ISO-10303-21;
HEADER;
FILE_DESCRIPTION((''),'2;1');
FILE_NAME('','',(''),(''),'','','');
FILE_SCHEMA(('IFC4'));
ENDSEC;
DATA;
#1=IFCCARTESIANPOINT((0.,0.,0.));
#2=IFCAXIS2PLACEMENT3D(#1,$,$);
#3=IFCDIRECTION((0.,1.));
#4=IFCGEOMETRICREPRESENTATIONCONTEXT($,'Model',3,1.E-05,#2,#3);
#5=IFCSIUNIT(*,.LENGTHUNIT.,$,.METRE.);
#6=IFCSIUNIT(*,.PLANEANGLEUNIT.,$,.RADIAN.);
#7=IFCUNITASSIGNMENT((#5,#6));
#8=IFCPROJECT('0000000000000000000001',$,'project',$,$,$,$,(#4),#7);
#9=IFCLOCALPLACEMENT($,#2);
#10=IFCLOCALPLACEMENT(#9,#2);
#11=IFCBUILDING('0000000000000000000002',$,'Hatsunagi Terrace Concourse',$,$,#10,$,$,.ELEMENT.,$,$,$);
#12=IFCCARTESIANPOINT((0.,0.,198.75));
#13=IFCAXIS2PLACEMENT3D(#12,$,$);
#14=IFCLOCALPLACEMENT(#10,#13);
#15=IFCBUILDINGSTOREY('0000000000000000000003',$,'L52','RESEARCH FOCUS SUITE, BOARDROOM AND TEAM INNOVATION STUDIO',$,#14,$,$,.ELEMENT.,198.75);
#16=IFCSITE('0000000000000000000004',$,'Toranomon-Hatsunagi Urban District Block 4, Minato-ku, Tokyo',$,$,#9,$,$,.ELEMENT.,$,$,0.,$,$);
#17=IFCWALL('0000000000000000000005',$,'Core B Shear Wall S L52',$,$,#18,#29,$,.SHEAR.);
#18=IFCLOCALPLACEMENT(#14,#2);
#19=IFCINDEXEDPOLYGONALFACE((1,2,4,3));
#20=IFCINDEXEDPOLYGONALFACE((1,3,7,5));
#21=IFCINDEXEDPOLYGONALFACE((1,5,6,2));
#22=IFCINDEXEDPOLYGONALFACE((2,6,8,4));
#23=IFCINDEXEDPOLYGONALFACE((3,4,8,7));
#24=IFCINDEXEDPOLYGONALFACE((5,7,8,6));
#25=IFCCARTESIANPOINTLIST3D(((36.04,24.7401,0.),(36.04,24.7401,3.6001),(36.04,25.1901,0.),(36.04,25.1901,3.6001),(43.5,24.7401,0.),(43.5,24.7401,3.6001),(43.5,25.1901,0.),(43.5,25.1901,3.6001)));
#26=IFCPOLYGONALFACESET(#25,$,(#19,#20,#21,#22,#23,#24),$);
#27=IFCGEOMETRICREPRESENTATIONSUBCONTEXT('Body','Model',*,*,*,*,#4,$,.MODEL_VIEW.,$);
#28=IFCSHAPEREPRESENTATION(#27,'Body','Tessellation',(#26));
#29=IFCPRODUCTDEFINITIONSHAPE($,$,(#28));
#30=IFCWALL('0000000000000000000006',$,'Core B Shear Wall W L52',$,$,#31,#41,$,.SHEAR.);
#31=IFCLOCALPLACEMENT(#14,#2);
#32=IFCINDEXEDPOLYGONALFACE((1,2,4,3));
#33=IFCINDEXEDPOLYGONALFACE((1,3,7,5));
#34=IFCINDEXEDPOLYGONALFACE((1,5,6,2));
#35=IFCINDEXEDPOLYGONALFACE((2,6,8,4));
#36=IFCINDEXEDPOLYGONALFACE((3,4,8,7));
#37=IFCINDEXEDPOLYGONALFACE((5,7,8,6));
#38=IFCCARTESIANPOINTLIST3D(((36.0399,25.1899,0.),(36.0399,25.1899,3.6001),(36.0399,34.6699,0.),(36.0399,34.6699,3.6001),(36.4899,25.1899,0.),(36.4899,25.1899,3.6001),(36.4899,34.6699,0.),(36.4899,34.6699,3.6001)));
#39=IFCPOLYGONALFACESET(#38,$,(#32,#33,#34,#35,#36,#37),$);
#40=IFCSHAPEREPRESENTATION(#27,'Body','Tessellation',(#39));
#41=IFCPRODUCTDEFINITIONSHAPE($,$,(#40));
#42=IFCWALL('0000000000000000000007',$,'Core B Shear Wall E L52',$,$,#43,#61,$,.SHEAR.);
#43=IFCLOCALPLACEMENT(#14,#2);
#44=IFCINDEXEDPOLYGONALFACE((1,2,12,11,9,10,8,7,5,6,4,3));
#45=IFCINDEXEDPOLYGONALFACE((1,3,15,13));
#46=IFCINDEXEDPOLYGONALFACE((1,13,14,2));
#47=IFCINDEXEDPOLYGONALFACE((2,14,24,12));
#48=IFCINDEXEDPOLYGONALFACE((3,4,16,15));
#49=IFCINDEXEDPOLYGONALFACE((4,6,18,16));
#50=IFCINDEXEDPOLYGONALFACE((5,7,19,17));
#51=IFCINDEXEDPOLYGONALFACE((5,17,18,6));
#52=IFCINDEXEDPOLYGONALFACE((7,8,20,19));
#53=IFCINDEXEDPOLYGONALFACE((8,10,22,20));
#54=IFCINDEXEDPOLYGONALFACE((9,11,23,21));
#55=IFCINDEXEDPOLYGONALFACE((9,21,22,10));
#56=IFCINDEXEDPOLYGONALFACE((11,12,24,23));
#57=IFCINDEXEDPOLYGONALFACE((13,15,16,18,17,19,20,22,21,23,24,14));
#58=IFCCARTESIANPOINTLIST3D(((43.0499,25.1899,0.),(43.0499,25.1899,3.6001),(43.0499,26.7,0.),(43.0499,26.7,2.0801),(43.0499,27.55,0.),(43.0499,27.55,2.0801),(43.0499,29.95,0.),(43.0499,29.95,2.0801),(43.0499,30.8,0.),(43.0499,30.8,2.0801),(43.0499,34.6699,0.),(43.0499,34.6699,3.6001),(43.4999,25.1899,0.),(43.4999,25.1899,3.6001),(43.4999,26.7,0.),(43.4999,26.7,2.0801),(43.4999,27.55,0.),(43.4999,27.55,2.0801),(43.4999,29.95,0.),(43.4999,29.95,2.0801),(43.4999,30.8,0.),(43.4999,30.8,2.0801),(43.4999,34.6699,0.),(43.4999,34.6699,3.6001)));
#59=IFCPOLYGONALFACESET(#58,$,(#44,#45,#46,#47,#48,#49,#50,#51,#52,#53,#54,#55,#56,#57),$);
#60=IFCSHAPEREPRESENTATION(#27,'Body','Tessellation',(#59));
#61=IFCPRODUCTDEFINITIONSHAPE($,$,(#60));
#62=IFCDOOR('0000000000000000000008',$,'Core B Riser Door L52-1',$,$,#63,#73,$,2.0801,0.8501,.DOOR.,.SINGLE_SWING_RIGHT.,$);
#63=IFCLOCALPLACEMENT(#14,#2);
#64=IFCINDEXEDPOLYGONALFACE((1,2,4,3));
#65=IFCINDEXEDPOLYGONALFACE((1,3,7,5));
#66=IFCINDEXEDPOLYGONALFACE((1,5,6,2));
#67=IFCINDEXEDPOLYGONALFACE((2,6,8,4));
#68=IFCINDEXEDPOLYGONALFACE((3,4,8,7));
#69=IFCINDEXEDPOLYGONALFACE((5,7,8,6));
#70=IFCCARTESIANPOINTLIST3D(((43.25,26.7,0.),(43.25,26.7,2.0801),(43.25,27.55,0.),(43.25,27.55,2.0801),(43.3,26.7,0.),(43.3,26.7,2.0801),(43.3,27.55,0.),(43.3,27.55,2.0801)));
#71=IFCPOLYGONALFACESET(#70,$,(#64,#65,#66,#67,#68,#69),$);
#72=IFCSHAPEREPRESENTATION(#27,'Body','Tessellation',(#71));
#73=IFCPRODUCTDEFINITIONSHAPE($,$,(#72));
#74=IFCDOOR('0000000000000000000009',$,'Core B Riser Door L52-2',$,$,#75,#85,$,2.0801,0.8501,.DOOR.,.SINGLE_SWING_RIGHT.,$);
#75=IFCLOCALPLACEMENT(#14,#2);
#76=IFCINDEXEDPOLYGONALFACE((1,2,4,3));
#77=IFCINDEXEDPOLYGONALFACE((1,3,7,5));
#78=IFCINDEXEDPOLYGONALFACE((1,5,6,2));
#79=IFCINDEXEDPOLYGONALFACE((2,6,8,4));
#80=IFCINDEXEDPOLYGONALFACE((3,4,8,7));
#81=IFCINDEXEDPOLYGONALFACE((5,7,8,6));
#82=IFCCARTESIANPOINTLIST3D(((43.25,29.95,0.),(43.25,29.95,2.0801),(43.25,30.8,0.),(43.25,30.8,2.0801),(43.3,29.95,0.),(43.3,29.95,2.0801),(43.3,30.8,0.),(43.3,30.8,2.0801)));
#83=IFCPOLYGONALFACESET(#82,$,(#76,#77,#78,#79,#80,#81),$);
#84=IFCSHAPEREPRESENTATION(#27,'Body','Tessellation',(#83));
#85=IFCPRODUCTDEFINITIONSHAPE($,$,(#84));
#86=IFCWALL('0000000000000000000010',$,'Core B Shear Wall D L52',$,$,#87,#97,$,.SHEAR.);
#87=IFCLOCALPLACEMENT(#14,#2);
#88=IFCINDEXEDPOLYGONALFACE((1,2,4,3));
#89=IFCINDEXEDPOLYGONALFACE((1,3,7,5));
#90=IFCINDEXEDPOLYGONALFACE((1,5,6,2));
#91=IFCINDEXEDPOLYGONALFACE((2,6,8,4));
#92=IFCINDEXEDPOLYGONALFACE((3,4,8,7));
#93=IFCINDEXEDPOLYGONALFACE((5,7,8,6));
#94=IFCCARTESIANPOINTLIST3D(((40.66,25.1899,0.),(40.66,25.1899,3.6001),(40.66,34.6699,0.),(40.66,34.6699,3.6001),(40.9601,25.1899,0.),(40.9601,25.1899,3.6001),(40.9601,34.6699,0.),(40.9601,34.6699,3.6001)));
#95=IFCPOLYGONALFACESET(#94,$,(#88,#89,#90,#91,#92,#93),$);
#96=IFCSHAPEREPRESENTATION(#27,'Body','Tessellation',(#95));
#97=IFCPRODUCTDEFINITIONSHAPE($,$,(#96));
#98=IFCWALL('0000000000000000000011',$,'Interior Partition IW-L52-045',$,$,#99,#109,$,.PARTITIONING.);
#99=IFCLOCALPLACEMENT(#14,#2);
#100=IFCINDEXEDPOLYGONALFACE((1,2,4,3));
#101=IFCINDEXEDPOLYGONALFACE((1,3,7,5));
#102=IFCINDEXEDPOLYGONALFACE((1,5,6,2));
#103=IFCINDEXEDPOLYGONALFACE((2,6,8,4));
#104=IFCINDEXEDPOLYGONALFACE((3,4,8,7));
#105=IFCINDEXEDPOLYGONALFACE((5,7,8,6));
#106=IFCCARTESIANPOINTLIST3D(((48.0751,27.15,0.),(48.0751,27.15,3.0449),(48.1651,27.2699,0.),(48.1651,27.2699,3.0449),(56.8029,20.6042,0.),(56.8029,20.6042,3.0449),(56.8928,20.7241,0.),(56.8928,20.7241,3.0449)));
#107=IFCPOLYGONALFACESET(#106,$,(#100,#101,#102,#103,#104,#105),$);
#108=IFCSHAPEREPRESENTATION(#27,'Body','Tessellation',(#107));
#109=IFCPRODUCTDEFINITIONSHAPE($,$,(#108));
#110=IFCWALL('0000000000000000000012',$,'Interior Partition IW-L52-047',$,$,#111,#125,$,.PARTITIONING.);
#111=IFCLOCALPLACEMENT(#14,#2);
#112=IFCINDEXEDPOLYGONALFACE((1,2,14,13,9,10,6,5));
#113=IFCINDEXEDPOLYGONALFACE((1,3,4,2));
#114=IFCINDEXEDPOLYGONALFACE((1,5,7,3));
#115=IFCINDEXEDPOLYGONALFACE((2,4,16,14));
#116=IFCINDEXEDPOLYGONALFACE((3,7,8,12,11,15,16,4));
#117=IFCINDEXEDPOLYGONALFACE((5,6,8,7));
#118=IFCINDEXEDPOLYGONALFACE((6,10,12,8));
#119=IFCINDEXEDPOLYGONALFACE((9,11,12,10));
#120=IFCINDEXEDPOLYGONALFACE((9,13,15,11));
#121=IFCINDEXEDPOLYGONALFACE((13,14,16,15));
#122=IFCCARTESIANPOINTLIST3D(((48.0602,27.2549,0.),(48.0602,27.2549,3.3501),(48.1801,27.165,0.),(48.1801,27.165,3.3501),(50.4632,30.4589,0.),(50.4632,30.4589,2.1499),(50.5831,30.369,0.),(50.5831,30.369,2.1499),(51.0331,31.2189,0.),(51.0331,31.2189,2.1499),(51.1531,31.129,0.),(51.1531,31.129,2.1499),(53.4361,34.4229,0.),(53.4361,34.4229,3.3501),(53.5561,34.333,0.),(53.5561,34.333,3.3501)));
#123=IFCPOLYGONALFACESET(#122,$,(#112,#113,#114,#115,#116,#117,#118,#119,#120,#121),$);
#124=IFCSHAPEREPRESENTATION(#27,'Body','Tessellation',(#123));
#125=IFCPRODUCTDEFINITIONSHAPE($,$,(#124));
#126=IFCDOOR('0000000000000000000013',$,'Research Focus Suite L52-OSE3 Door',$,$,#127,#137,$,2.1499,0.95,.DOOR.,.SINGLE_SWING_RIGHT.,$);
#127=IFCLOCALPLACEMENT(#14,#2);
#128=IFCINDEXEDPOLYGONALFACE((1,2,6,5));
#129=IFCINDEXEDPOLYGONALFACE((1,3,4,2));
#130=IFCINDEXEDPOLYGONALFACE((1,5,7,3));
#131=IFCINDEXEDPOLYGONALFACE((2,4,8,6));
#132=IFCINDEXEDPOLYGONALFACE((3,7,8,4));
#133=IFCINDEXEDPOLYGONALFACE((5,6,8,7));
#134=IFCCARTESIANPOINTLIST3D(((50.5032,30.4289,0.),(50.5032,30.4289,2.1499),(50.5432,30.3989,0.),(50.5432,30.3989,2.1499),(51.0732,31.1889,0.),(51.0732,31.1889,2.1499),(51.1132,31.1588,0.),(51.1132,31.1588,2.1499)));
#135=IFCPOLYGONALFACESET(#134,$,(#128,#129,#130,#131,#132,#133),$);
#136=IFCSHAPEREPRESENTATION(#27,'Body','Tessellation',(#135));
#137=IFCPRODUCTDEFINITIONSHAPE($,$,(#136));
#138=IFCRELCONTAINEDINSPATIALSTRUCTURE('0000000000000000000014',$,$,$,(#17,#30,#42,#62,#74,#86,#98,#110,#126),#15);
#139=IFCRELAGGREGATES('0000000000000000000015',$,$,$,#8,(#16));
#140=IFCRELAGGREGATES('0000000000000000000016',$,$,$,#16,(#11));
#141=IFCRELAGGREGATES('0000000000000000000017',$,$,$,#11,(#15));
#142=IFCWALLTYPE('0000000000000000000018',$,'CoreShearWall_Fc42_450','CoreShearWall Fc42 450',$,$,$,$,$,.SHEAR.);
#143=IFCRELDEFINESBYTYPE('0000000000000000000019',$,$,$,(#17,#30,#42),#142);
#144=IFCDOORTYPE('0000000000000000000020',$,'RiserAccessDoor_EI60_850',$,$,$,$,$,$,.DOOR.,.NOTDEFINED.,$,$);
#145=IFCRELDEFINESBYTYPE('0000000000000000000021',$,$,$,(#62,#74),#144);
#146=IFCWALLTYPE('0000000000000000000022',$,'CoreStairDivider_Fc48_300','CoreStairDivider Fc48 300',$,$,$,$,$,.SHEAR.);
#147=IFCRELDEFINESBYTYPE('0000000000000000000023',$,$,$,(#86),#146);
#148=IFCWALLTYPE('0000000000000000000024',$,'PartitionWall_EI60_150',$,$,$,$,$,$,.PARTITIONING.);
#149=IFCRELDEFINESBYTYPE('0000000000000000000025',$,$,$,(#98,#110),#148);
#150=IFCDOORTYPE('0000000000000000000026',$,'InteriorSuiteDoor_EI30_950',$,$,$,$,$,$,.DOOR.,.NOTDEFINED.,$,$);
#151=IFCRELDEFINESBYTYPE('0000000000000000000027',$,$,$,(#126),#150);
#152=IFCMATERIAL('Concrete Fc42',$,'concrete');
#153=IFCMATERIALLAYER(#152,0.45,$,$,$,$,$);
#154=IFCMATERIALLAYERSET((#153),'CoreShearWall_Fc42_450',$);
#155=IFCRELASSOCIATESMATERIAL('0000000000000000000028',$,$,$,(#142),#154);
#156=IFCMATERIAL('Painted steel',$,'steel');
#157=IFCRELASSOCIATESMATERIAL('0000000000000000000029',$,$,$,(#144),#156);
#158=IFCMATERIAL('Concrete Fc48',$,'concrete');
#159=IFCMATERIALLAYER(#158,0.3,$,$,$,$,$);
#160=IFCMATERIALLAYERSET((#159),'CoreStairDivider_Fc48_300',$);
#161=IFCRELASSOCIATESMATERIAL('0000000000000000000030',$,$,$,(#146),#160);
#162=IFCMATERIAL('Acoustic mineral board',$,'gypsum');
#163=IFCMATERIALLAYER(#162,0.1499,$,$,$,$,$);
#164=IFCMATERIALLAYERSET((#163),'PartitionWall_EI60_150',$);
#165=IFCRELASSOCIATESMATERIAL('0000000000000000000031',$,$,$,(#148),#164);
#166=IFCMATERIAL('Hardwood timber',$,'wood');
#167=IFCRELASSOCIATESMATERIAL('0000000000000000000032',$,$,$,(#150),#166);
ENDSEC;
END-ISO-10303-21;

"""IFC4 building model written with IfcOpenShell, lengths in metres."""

from ifc_helpers import new_model, si_unit, direction, frame, frame_2d, origin, place, context, subcontext, project, spatial, rectangle, extrude, material, layer, layer_set, type_object, element, fill, save


model = new_model("IFC4")

# Units and contexts
model_context = context("Model", 3, precision=1e-05, world=origin(), true_north=direction((0.0, 1.0)))
body_context = subcontext(model_context, "Body", "Model", "MODEL_VIEW")
ifc_project = project(units=[si_unit("LENGTHUNIT", "METRE"), si_unit("PLANEANGLEUNIT", "RADIAN")], contexts=[model_context])

# Site, building, storey
site_placement = place(None, origin())
site = spatial("IfcSite", under=ifc_project, at=site_placement, Name="Toranomon-Hatsunagi Urban District Block 4, Minato-ku, Tokyo", CompositionType="ELEMENT", RefElevation=0.0)
building_placement = place(site_placement, origin())
building = spatial("IfcBuilding", under=site, at=building_placement, Name="Hatsunagi Terrace Concourse", CompositionType="ELEMENT")
storey_placement = place(building_placement, frame((0.0, 0.0, 198.75)))
storey = spatial("IfcBuildingStorey", under=building, at=storey_placement, Name="L52", Description="RESEARCH FOCUS SUITE, BOARDROOM AND TEAM INNOVATION STUDIO", CompositionType="ELEMENT", Elevation=198.75)

# Walls
ifc_material_1 = material(Name="Concrete Fc42", Category="concrete")
ifc_layer_1 = layer(ifc_material_1, 0.45)
ifc_layer_set_1 = layer_set([ifc_layer_1], Name="CoreShearWall_Fc42_450")
wall_type_1 = type_object("IfcWallType", Name="CoreShearWall_Fc42_450", Description="CoreShearWall Fc42 450", PredefinedType="SHEAR", material=ifc_layer_set_1)
wall_1_placement = place(storey_placement, frame((36.04, 24.9651, 0.0), z_axis=(0.0, 0.0, 1.0), x_axis=(1.0, 0.0, 0.0)))
element("IfcWall", 1, at=wall_1_placement, inside=storey, type_object=wall_type_1, Name="Core B Shear Wall S L52", PredefinedType="SHEAR", context=body_context, shape_type="SweptSolid", body=[
    extrude(rectangle(XDim=7.46, YDim=0.45, at=frame_2d((3.73, 0.0))), origin(), (0.0, 0.0, 1.0), 3.6001),
])
wall_2_placement = place(storey_placement, frame((36.2649, 25.1899, 0.0), z_axis=(0.0, 0.0, 1.0), x_axis=(0.0, 1.0, 0.0)))
element("IfcWall", 2, at=wall_2_placement, inside=storey, type_object=wall_type_1, Name="Core B Shear Wall W L52", PredefinedType="SHEAR", context=body_context, shape_type="SweptSolid", body=[
    extrude(rectangle(XDim=9.48, YDim=0.45, at=frame_2d((4.74, 0.0))), origin(), (0.0, 0.0, 1.0), 3.6001),
])

# Wall, openings, doors
wall_3_placement = place(storey_placement, frame((43.2749, 25.1899, 0.0), z_axis=(0.0, 0.0, 1.0), x_axis=(0.0, 1.0, 0.0)))
wall_3 = element("IfcWall", 3, at=wall_3_placement, inside=storey, type_object=wall_type_1, Name="Core B Shear Wall E L52", PredefinedType="SHEAR", context=body_context, shape_type="SweptSolid", body=[
    extrude(rectangle(XDim=9.48, YDim=0.45, at=frame_2d((4.74, 0.0))), origin(), (0.0, 0.0, 1.0), 3.6001),
])
opening_1_placement = place(wall_3_placement, frame((1.51, 0.0, 0.0)))
opening_1 = element("IfcOpeningElement", 4, at=opening_1_placement, cuts=wall_3, PredefinedType="OPENING", context=body_context, shape_type="SweptSolid", body=[
    extrude(rectangle(XDim=0.8501, YDim=2.0801, at=frame_2d((0.425, 1.04))), frame((0.0, 0.2349, 0.0), z_axis=(0.0, -1.0, 0.0), x_axis=(1.0, 0.0, 0.0)), (0.0, 0.0, 1.0), 0.47),
])
opening_2_placement = place(wall_3_placement, frame((4.76, 0.0, 0.0)))
opening_2 = element("IfcOpeningElement", 5, at=opening_2_placement, cuts=wall_3, PredefinedType="OPENING", context=body_context, shape_type="SweptSolid", body=[
    extrude(rectangle(XDim=0.8501, YDim=2.0801, at=frame_2d((0.425, 1.04))), frame((0.0, 0.2349, 0.0), z_axis=(0.0, -1.0, 0.0), x_axis=(1.0, 0.0, 0.0)), (0.0, 0.0, 1.0), 0.47),
])
ifc_material_2 = material(Name="Painted steel", Category="steel")
door_type_1 = type_object("IfcDoorType", Name="RiserAccessDoor_EI60_850", OperationType="NOTDEFINED", PredefinedType="DOOR", material=ifc_material_2)
door_1_placement = place(opening_1_placement, origin())
door_1 = element("IfcDoor", 6, at=door_1_placement, inside=storey, type_object=door_type_1, Name="Core B Riser Door L52-1", OperationType="SINGLE_SWING_RIGHT", OverallHeight=2.0801, OverallWidth=0.8501, PredefinedType="DOOR", context=body_context, shape_type="SweptSolid", body=[
    extrude(rectangle(XDim=0.8501, YDim=2.0801, at=frame_2d((0.425, 1.04))), frame((0.0, 0.0249, 0.0), z_axis=(0.0, -1.0, 0.0), x_axis=(1.0, 0.0, 0.0)), (0.0, 0.0, 1.0), 0.05),
])
fill(opening_1, door_1)
door_2_placement = place(opening_2_placement, origin())
door_2 = element("IfcDoor", 7, at=door_2_placement, inside=storey, type_object=door_type_1, Name="Core B Riser Door L52-2", OperationType="SINGLE_SWING_RIGHT", OverallHeight=2.0801, OverallWidth=0.8501, PredefinedType="DOOR", context=body_context, shape_type="SweptSolid", body=[
    extrude(rectangle(XDim=0.8501, YDim=2.0801, at=frame_2d((0.425, 1.04))), frame((0.0, 0.0249, 0.0), z_axis=(0.0, -1.0, 0.0), x_axis=(1.0, 0.0, 0.0)), (0.0, 0.0, 1.0), 0.05),
])
fill(opening_2, door_2)

# Walls
ifc_material_3 = material(Name="Concrete Fc48", Category="concrete")
ifc_layer_2 = layer(ifc_material_3, 0.3)
ifc_layer_set_2 = layer_set([ifc_layer_2], Name="CoreStairDivider_Fc48_300")
wall_type_2 = type_object("IfcWallType", Name="CoreStairDivider_Fc48_300", Description="CoreStairDivider Fc48 300", PredefinedType="SHEAR", material=ifc_layer_set_2)
wall_4_placement = place(storey_placement, frame((40.8101, 25.1899, 0.0), z_axis=(0.0, 0.0, 1.0), x_axis=(0.0, 1.0, 0.0)))
element("IfcWall", 8, at=wall_4_placement, inside=storey, type_object=wall_type_2, Name="Core B Shear Wall D L52", PredefinedType="SHEAR", context=body_context, shape_type="SweptSolid", body=[
    extrude(rectangle(XDim=9.48, YDim=0.3, at=frame_2d((4.74, 0.0))), origin(), (0.0, 0.0, 1.0), 3.6001),
])
ifc_material_4 = material(Name="Acoustic mineral board", Category="gypsum")
ifc_layer_3 = layer(ifc_material_4, 0.1499)
ifc_layer_set_3 = layer_set([ifc_layer_3], Name="PartitionWall_EI60_150")
wall_type_3 = type_object("IfcWallType", Name="PartitionWall_EI60_150", PredefinedType="PARTITIONING", material=ifc_layer_set_3)
wall_5_placement = place(storey_placement, frame((48.1201, 27.21, 0.0), z_axis=(0.0, 0.0, 1.0), x_axis=(0.799997, -0.600004, 0.0)))
element("IfcWall", 9, at=wall_5_placement, inside=storey, type_object=wall_type_3, Name="Interior Partition IW-L52-045", PredefinedType="PARTITIONING", context=body_context, shape_type="SweptSolid", body=[
    extrude(rectangle(XDim=10.9097, YDim=0.1499, at=frame_2d((5.4548, 0.0))), origin(), (0.0, 0.0, 1.0), 3.0449),
])

# Wall, opening, door
wall_6_placement = place(storey_placement, frame((48.1201, 27.21, 0.0), z_axis=(0.0, 0.0, 1.0), x_axis=(0.6, 0.8, 0.0)))
wall_6 = element("IfcWall", 10, at=wall_6_placement, inside=storey, type_object=wall_type_3, Name="Interior Partition IW-L52-047", PredefinedType="PARTITIONING", context=body_context, shape_type="SweptSolid", body=[
    extrude(rectangle(XDim=8.96, YDim=0.1499, at=frame_2d((4.48, 0.0))), origin(), (0.0, 0.0, 1.0), 3.3501),
])
opening_3_placement = place(wall_6_placement, frame((4.0049, 0.0, 0.0)))
opening_3 = element("IfcOpeningElement", 11, at=opening_3_placement, cuts=wall_6, PredefinedType="OPENING", context=body_context, shape_type="SweptSolid", body=[
    extrude(rectangle(XDim=0.95, YDim=2.1499, at=frame_2d((0.4751, 1.075))), frame((0.0, 0.085, 0.0), z_axis=(0.0, -1.0, 0.0), x_axis=(1.0, 0.0, 0.0)), (0.0, 0.0, 1.0), 0.1699),
])
ifc_material_5 = material(Name="Hardwood timber", Category="wood")
door_type_2 = type_object("IfcDoorType", Name="InteriorSuiteDoor_EI30_950", OperationType="NOTDEFINED", PredefinedType="DOOR", material=ifc_material_5)
door_3_placement = place(opening_3_placement, origin())
door_3 = element("IfcDoor", 12, at=door_3_placement, inside=storey, type_object=door_type_2, Name="Research Focus Suite L52-OSE3 Door", OperationType="SINGLE_SWING_RIGHT", OverallHeight=2.1499, OverallWidth=0.95, PredefinedType="DOOR", context=body_context, shape_type="SweptSolid", body=[
    extrude(rectangle(XDim=0.95, YDim=2.1499, at=frame_2d((0.4751, 1.075))), frame((0.0, 0.0249, 0.0), z_axis=(0.0, -1.0, 0.0), x_axis=(1.0, 0.0, 0.0)), (0.0, 0.0, 1.0), 0.05),
])
fill(opening_3, door_3)

save(model, "model.ifc")
